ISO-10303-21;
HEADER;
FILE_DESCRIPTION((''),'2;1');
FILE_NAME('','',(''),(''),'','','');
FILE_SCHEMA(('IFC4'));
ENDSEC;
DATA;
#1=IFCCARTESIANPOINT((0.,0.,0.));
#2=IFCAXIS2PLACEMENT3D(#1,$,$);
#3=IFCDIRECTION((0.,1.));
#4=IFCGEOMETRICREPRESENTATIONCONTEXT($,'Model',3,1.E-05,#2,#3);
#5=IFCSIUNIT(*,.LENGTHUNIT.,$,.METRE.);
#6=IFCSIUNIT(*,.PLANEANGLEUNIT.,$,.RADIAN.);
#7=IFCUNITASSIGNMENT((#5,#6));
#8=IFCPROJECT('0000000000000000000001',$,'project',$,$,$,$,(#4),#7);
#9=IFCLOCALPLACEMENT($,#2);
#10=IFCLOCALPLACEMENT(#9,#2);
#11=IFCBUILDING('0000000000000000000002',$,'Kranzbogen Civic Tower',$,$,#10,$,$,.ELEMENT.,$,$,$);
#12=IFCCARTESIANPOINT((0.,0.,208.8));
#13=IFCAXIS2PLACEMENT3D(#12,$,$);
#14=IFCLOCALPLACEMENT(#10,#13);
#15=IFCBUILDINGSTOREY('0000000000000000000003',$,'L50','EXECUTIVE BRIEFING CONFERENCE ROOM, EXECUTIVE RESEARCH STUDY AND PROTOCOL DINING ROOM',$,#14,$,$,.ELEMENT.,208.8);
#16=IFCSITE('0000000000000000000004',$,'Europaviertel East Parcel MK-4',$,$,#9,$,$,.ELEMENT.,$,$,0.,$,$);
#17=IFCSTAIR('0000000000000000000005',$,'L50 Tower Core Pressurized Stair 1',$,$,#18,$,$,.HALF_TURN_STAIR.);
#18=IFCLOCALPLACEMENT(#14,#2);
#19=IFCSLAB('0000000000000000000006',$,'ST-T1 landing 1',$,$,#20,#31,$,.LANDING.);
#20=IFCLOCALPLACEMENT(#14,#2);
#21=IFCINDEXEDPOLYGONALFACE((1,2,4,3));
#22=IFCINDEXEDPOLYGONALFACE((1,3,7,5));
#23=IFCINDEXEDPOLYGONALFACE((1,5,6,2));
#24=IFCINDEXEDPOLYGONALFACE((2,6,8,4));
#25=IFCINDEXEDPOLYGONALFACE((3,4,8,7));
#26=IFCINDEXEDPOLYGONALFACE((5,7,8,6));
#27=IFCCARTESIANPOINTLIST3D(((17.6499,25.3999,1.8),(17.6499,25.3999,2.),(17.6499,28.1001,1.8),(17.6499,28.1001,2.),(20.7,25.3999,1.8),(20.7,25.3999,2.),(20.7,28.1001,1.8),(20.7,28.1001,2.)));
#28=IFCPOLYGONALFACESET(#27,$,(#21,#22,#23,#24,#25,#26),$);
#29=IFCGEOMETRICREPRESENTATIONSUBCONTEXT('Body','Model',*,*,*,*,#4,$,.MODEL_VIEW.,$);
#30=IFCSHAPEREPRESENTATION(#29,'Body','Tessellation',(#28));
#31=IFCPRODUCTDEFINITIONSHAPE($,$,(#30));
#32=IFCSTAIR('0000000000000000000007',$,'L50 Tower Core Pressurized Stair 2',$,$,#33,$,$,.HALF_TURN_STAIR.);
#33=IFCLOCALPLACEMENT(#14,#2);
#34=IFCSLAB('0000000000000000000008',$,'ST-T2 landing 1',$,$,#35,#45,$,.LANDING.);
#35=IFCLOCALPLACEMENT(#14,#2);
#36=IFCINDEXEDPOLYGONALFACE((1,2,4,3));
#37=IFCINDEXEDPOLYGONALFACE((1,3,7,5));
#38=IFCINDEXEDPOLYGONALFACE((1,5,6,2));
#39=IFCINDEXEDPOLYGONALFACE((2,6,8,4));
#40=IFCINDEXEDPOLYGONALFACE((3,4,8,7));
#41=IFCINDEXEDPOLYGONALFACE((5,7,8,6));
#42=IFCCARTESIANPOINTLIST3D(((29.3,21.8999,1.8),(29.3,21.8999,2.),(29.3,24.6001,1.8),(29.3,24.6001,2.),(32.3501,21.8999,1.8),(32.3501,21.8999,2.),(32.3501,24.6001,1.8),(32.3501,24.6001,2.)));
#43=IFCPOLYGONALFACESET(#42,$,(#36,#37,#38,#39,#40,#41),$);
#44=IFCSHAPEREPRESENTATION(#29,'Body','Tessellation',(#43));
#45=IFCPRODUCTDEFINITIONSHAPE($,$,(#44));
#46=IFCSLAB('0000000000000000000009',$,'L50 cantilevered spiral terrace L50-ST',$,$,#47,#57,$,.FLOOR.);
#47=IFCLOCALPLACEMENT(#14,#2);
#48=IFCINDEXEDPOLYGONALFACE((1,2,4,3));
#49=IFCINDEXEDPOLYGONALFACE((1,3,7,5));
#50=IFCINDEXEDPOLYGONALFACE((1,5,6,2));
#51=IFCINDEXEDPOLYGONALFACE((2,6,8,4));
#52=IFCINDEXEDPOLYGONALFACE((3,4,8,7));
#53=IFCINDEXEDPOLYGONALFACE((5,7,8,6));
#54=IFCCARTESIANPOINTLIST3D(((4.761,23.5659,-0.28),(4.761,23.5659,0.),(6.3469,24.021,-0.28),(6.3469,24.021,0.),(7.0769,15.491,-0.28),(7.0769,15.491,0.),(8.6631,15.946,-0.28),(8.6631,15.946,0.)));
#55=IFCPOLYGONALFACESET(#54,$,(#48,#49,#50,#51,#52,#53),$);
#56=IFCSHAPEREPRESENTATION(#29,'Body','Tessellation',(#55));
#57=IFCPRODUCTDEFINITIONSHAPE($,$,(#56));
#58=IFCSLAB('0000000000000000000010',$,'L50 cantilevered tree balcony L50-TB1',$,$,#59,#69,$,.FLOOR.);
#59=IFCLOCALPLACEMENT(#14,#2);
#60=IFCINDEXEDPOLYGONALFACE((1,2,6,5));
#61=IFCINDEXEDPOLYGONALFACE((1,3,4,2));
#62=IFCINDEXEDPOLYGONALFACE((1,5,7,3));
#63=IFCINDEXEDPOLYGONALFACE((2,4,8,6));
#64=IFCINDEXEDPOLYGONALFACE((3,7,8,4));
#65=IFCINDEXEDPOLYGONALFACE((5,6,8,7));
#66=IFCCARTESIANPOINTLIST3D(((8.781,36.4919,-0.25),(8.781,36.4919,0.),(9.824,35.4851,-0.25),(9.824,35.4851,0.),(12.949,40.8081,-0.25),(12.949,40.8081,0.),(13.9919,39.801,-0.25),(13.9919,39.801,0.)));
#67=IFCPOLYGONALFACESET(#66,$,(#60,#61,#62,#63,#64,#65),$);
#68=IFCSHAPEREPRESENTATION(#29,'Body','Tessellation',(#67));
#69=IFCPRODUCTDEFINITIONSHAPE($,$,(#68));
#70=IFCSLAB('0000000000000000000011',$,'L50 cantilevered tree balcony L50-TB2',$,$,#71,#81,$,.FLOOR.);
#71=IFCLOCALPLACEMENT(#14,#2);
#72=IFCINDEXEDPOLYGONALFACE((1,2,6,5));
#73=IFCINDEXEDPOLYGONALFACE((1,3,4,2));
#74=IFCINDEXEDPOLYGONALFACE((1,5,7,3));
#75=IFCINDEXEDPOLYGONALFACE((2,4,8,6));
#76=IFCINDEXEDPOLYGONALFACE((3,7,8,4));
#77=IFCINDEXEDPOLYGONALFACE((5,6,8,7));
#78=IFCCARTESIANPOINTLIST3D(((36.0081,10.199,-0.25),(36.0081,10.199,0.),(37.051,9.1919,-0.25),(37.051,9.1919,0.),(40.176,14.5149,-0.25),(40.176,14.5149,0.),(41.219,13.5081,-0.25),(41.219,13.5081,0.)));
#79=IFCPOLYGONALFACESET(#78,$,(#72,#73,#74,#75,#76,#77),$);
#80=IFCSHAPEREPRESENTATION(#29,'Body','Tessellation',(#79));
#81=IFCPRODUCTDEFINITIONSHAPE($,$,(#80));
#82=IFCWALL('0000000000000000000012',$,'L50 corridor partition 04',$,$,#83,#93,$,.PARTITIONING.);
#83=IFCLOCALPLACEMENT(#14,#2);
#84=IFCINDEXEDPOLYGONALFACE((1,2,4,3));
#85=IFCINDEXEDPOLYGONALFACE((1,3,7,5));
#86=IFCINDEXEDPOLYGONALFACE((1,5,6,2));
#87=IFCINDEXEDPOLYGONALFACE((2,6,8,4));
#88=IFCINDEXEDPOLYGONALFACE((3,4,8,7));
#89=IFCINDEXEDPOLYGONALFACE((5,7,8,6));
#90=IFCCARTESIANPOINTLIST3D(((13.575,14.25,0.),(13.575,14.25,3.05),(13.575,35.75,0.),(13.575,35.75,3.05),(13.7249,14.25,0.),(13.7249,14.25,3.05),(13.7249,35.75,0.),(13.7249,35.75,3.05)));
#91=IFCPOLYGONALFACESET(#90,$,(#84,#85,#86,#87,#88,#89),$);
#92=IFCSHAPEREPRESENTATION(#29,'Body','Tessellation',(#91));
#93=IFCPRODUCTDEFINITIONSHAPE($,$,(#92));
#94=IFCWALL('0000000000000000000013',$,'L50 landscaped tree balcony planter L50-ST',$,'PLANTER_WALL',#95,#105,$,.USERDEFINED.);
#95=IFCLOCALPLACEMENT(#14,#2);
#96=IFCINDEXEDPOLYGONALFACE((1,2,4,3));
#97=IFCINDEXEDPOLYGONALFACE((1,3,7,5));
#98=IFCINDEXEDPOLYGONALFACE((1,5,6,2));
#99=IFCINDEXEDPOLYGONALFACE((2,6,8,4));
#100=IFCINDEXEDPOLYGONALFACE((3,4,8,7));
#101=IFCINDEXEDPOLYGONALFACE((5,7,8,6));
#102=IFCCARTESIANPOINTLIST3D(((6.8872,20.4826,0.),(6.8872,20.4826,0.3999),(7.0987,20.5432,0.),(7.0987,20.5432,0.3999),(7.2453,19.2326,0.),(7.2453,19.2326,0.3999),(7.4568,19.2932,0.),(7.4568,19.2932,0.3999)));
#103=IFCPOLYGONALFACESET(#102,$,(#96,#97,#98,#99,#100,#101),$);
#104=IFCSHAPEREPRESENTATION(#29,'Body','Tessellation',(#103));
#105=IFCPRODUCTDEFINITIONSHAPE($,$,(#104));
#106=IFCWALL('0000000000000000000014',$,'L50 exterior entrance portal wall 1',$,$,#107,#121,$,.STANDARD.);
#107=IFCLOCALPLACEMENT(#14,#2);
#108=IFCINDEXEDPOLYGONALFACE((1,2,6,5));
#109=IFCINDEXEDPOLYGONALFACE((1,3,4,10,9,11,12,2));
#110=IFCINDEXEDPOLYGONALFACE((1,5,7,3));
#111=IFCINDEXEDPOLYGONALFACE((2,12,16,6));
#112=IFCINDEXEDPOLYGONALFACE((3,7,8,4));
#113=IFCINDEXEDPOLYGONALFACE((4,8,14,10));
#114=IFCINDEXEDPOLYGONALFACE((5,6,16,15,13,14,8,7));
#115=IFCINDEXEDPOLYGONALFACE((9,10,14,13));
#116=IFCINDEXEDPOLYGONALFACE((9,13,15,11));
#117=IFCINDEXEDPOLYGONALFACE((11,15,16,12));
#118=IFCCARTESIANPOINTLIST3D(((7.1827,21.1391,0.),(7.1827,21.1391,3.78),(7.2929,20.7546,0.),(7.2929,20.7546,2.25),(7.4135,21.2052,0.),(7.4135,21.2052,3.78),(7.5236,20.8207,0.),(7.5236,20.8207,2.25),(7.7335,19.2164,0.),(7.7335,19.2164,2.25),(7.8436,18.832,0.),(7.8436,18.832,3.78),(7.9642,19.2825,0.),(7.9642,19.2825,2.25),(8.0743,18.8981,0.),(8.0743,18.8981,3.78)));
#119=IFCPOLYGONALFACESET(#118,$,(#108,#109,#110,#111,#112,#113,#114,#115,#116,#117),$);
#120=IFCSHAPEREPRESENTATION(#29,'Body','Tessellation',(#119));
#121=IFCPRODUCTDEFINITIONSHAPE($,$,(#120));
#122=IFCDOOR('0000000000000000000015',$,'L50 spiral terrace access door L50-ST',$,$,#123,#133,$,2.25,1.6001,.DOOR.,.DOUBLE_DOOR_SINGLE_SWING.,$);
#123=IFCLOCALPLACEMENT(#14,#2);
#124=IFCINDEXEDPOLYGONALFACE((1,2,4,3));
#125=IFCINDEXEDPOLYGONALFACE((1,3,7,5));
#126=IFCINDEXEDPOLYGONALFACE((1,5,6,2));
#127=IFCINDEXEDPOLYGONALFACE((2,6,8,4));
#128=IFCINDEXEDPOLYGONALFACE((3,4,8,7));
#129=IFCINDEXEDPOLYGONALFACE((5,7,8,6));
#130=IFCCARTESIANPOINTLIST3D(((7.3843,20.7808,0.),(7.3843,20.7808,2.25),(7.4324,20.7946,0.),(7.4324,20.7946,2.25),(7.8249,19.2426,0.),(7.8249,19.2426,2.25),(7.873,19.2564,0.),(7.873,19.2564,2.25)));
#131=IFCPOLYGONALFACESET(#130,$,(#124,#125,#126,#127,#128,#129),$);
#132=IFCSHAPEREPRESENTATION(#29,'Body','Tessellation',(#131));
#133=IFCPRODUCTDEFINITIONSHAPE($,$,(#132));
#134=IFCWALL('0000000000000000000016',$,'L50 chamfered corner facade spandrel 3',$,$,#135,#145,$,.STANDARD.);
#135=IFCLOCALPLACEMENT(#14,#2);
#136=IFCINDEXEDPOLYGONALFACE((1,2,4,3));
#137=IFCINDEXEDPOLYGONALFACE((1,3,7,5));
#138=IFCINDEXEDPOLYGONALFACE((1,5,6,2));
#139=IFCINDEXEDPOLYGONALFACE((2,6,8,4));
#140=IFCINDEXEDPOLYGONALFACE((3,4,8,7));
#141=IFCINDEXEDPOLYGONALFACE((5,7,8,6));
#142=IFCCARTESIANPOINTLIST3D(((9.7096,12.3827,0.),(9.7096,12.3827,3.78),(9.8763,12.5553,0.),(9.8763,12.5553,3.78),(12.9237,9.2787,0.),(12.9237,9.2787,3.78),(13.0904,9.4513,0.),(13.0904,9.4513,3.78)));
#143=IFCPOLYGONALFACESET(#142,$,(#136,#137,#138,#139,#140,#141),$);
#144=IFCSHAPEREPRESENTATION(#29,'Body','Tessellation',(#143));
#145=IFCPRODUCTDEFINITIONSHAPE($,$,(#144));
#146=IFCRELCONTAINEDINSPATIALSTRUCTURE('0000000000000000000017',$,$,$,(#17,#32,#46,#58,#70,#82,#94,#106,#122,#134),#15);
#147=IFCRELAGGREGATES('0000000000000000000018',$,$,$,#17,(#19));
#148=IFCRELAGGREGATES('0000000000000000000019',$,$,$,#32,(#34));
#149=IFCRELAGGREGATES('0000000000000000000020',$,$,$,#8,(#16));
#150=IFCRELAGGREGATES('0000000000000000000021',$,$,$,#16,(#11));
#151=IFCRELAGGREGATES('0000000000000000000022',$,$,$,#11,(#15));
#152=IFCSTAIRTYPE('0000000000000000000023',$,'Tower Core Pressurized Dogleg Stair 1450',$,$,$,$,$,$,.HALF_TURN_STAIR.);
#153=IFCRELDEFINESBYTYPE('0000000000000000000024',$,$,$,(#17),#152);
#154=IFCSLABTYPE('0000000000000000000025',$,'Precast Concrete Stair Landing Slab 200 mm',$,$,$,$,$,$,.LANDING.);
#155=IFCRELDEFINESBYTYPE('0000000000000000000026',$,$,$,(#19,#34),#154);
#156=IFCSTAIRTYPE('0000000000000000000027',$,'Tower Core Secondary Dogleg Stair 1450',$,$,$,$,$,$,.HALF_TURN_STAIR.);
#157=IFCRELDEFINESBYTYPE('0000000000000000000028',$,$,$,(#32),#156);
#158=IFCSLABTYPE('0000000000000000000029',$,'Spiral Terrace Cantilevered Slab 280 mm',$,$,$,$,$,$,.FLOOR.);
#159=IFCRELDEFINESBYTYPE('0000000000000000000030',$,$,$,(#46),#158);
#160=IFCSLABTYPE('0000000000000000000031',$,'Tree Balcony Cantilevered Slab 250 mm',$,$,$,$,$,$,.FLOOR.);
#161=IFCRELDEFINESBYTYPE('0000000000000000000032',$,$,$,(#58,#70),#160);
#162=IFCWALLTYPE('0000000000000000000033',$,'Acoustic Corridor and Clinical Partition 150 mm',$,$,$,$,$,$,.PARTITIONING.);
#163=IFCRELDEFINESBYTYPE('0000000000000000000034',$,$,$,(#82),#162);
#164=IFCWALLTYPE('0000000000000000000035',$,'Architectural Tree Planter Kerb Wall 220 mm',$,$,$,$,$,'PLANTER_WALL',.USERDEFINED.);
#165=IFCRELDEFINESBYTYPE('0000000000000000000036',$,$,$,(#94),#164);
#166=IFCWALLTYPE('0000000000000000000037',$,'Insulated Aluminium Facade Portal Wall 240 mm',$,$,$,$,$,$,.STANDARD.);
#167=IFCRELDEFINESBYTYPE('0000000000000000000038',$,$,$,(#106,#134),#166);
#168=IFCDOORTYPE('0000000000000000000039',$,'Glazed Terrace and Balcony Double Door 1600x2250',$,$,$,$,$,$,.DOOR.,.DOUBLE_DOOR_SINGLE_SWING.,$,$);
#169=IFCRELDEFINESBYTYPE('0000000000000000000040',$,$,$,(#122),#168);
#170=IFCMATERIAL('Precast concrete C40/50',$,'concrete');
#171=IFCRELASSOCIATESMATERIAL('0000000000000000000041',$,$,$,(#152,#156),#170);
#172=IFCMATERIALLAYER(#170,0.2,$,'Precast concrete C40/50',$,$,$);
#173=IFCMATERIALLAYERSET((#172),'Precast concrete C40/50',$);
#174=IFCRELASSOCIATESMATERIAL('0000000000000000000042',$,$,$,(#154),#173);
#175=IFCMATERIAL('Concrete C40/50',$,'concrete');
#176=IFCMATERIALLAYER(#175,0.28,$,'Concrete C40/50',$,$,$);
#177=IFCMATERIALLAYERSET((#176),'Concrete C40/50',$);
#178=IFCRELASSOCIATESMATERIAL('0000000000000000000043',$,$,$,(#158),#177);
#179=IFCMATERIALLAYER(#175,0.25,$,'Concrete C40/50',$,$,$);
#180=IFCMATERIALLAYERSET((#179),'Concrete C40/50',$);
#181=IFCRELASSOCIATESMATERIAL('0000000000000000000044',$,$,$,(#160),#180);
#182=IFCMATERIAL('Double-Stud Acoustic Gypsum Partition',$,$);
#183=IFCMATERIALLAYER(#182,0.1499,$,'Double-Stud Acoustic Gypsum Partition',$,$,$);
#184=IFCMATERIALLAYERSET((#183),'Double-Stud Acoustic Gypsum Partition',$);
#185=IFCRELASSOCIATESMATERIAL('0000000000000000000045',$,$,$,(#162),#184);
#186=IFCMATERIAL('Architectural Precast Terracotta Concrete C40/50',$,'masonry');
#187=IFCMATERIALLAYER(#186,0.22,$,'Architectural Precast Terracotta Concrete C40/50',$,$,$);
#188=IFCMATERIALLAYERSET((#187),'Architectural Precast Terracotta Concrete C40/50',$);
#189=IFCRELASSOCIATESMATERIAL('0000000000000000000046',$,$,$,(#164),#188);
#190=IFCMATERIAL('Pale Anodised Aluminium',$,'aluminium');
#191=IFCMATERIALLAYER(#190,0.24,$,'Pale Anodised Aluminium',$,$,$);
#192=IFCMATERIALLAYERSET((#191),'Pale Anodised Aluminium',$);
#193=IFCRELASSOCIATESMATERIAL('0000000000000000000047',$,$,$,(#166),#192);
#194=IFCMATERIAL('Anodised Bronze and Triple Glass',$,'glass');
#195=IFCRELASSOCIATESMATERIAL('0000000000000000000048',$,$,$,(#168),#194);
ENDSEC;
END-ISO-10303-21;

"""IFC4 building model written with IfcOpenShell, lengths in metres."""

from ifc_helpers import new_model, si_unit, direction, frame, frame_2d, origin, place, context, subcontext, project, spatial, polyline, rectangle, outline, extrude, material, layer, layer_set, type_object, element, fill, aggregate, save


model = new_model("IFC4")

# Units and contexts
model_context = context("Model", 3, precision=1e-05, world=origin(), true_north=direction((0.0, 1.0)))
body_context = subcontext(model_context, "Body", "Model", "MODEL_VIEW")
ifc_project = project(units=[si_unit("LENGTHUNIT", "METRE"), si_unit("PLANEANGLEUNIT", "RADIAN")], contexts=[model_context])

# Site, building, storey
site_placement = place(None, origin())
site = spatial("IfcSite", under=ifc_project, at=site_placement, Name="Europaviertel East Parcel MK-4", CompositionType="ELEMENT", RefElevation=0.0)
building_placement = place(site_placement, origin())
building = spatial("IfcBuilding", under=site, at=building_placement, Name="Kranzbogen Civic Tower", CompositionType="ELEMENT")
storey_placement = place(building_placement, frame((0.0, 0.0, 208.8)))
storey = spatial("IfcBuildingStorey", under=building, at=storey_placement, Name="L50", Description="EXECUTIVE BRIEFING CONFERENCE ROOM, EXECUTIVE RESEARCH STUDY AND PROTOCOL DINING ROOM", CompositionType="ELEMENT", Elevation=208.8)

# Shared definitions
ifc_material_1 = material(Name="Pale Anodised Aluminium", Category="aluminium")

# Shared definitions
ifc_material_2 = material(Name="Concrete C40/50", Category="concrete")

# Stairs, slabs
ifc_material_3 = material(Name="Precast concrete C40/50", Category="concrete")
stair_type_1 = type_object("IfcStairType", Name="Tower Core Pressurized Dogleg Stair 1450", PredefinedType="HALF_TURN_STAIR", material=ifc_material_3)
stair_1_placement = place(storey_placement, origin())
stair_1 = element("IfcStair", 1, at=stair_1_placement, inside=storey, type_object=stair_type_1, Name="L50 Tower Core Pressurized Stair 1", PredefinedType="HALF_TURN_STAIR")
ifc_layer_1 = layer(ifc_material_3, 0.2, Name="Precast concrete C40/50")
ifc_layer_set_1 = layer_set([ifc_layer_1], Name="Precast concrete C40/50")
slab_type_1 = type_object("IfcSlabType", Name="Precast Concrete Stair Landing Slab 200 mm", PredefinedType="LANDING", material=ifc_layer_set_1)
slab_1_placement = place(storey_placement, frame((0.0, 0.0, 1.8)))
slab_1 = element("IfcSlab", 2, at=slab_1_placement, type_object=slab_type_1, Name="ST-T1 landing 1", PredefinedType="LANDING", context=body_context, shape_type="SweptSolid", body=[
    extrude(outline(polyline([(20.7, 25.3999), (20.7, 28.1001), (17.6499, 28.1001), (17.6499, 25.3999), (20.7, 25.3999)])), origin(), (0.0, 0.0, 1.0), 0.2),
])
aggregate(stair_1, [slab_1])
stair_type_2 = type_object("IfcStairType", Name="Tower Core Secondary Dogleg Stair 1450", PredefinedType="HALF_TURN_STAIR", material=ifc_material_3)
stair_2_placement = place(storey_placement, origin())
stair_2 = element("IfcStair", 3, at=stair_2_placement, inside=storey, type_object=stair_type_2, Name="L50 Tower Core Pressurized Stair 2", PredefinedType="HALF_TURN_STAIR")
slab_2_placement = place(storey_placement, frame((0.0, 0.0, 1.8)))
slab_2 = element("IfcSlab", 4, at=slab_2_placement, type_object=slab_type_1, Name="ST-T2 landing 1", PredefinedType="LANDING", context=body_context, shape_type="SweptSolid", body=[
    extrude(outline(polyline([(29.3, 24.6001), (29.3, 21.8999), (32.3501, 21.8999), (32.3501, 24.6001), (29.3, 24.6001)])), origin(), (0.0, 0.0, 1.0), 0.2),
])
aggregate(stair_2, [slab_2])

# Slabs
ifc_layer_2 = layer(ifc_material_2, 0.28, Name="Concrete C40/50")
ifc_layer_set_2 = layer_set([ifc_layer_2], Name="Concrete C40/50")
slab_type_2 = type_object("IfcSlabType", Name="Spiral Terrace Cantilevered Slab 280 mm", PredefinedType="FLOOR", material=ifc_layer_set_2)
slab_3_placement = place(storey_placement, frame((0.0, 0.0, -0.28)))
element("IfcSlab", 5, at=slab_3_placement, inside=storey, type_object=slab_type_2, Name="L50 cantilevered spiral terrace L50-ST", PredefinedType="FLOOR", context=body_context, shape_type="SweptSolid", body=[
    extrude(outline(polyline([(6.3469, 24.021), (8.6631, 15.946), (7.0769, 15.491), (4.761, 23.5659), (6.3469, 24.021)])), origin(), (0.0, 0.0, 1.0), 0.28),
])
ifc_layer_3 = layer(ifc_material_2, 0.25, Name="Concrete C40/50")
ifc_layer_set_3 = layer_set([ifc_layer_3], Name="Concrete C40/50")
slab_type_3 = type_object("IfcSlabType", Name="Tree Balcony Cantilevered Slab 250 mm", PredefinedType="FLOOR", material=ifc_layer_set_3)
slab_4_placement = place(storey_placement, frame((0.0, 0.0, -0.25)))
element("IfcSlab", 6, at=slab_4_placement, inside=storey, type_object=slab_type_3, Name="L50 cantilevered tree balcony L50-TB1", PredefinedType="FLOOR", context=body_context, shape_type="SweptSolid", body=[
    extrude(outline(polyline([(13.9919, 39.801), (9.824, 35.4851), (8.781, 36.4919), (12.949, 40.8081), (13.9919, 39.801)])), origin(), (0.0, 0.0, 1.0), 0.25),
])
slab_5_placement = place(storey_placement, frame((0.0, 0.0, -0.25)))
element("IfcSlab", 7, at=slab_5_placement, inside=storey, type_object=slab_type_3, Name="L50 cantilevered tree balcony L50-TB2", PredefinedType="FLOOR", context=body_context, shape_type="SweptSolid", body=[
    extrude(outline(polyline([(36.0081, 10.199), (40.176, 14.5149), (41.219, 13.5081), (37.051, 9.1919), (36.0081, 10.199)])), origin(), (0.0, 0.0, 1.0), 0.25),
])

# Walls
ifc_material_4 = material(Name="Double-Stud Acoustic Gypsum Partition")
ifc_layer_4 = layer(ifc_material_4, 0.1499, Name="Double-Stud Acoustic Gypsum Partition")
ifc_layer_set_4 = layer_set([ifc_layer_4], Name="Double-Stud Acoustic Gypsum Partition")
wall_type_1 = type_object("IfcWallType", Name="Acoustic Corridor and Clinical Partition 150 mm", PredefinedType="PARTITIONING", material=ifc_layer_set_4)
wall_1_placement = place(storey_placement, frame((13.6499, 14.25, 0.0), z_axis=(0.0, 0.0, 1.0), x_axis=(0.0, 1.0, 0.0)))
element("IfcWall", 8, at=wall_1_placement, inside=storey, type_object=wall_type_1, Name="L50 corridor partition 04", PredefinedType="PARTITIONING", context=body_context, shape_type="SweptSolid", body=[
    extrude(rectangle(XDim=21.5, YDim=0.1499, at=frame_2d((10.75, 0.0))), origin(), (0.0, 0.0, 1.0), 3.05),
])
ifc_material_5 = material(Name="Architectural Precast Terracotta Concrete C40/50", Category="masonry")
ifc_layer_5 = layer(ifc_material_5, 0.22, Name="Architectural Precast Terracotta Concrete C40/50")
ifc_layer_set_5 = layer_set([ifc_layer_5], Name="Architectural Precast Terracotta Concrete C40/50")
wall_type_2 = type_object("IfcWallType", Name="Architectural Tree Planter Kerb Wall 220 mm", ElementType="PLANTER_WALL", PredefinedType="USERDEFINED", material=ifc_layer_set_5)
wall_2_placement = place(storey_placement, frame((6.9929, 20.5129, 0.0), z_axis=(0.0, 0.0, 1.0), x_axis=(0.27544, -0.961318, 0.0)))
element("IfcWall", 9, at=wall_2_placement, inside=storey, type_object=wall_type_2, Name="L50 landscaped tree balcony planter L50-ST", ObjectType="PLANTER_WALL", PredefinedType="USERDEFINED", context=body_context, shape_type="SweptSolid", body=[
    extrude(rectangle(XDim=1.3003, YDim=0.22, at=frame_2d((0.6501, 0.0))), origin(), (0.0, 0.0, 1.0), 0.3999),
])

# Wall, opening, door
ifc_layer_6 = layer(ifc_material_1, 0.24, Name="Pale Anodised Aluminium")
ifc_layer_set_6 = layer_set([ifc_layer_6], Name="Pale Anodised Aluminium")
wall_type_3 = type_object("IfcWallType", Name="Insulated Aluminium Facade Portal Wall 240 mm", PredefinedType="STANDARD", material=ifc_layer_set_6)
wall_3_placement = place(storey_placement, frame((7.2981, 21.1721, 0.0), z_axis=(0.0, 0.0, 1.0), x_axis=(0.275379, -0.961336, 0.0)))
wall_3 = element("IfcWall", 10, at=wall_3_placement, inside=storey, type_object=wall_type_3, Name="L50 exterior entrance portal wall 1", PredefinedType="STANDARD", context=body_context, shape_type="SweptSolid", body=[
    extrude(rectangle(XDim=2.3999, YDim=0.24, at=frame_2d((1.2, 0.0))), origin(), (0.0, 0.0, 1.0), 3.78),
])
opening_placement = place(wall_3_placement, frame((0.3999, 0.0, 0.0)))
opening = element("IfcOpeningElement", 11, at=opening_placement, cuts=wall_3, PredefinedType="OPENING", context=body_context, shape_type="SweptSolid", body=[
    extrude(rectangle(XDim=1.6001, YDim=2.25, at=frame_2d((0.8, 1.125))), frame((0.0, 0.1299, 0.0), z_axis=(0.0, -1.0, 0.0), x_axis=(1.0, 0.0, 0.0)), (0.0, 0.0, 1.0), 0.26),
])
ifc_material_6 = material(Name="Anodised Bronze and Triple Glass", Category="glass")
door_type = type_object("IfcDoorType", Name="Glazed Terrace and Balcony Double Door 1600x2250", OperationType="DOUBLE_DOOR_SINGLE_SWING", PredefinedType="DOOR", material=ifc_material_6)
door_placement = place(opening_placement, frame((1.6001, 0.0, 0.0), z_axis=(0.0, 0.0, 1.0), x_axis=(-1.0, 0.0, 0.0)))
door = element("IfcDoor", 12, at=door_placement, inside=storey, type_object=door_type, Name="L50 spiral terrace access door L50-ST", OperationType="DOUBLE_DOOR_SINGLE_SWING", OverallHeight=2.25, OverallWidth=1.6001, PredefinedType="DOOR", context=body_context, shape_type="SweptSolid", body=[
    extrude(rectangle(XDim=1.6001, YDim=2.25, at=frame_2d((0.8, 1.125))), frame((0.0, 0.0249, 0.0), z_axis=(0.0, -1.0, 0.0), x_axis=(1.0, 0.0, 0.0)), (0.0, 0.0, 1.0), 0.05),
])
fill(opening, door)

# Wall
wall_4_placement = place(storey_placement, frame((9.793, 12.469, 0.0), z_axis=(0.0, 0.0, 1.0), x_axis=(0.71932, -0.694678, 0.0)))
element("IfcWall", 13, at=wall_4_placement, inside=storey, type_object=wall_type_3, Name="L50 chamfered corner facade spandrel 3", PredefinedType="STANDARD", context=body_context, shape_type="SweptSolid", body=[
    extrude(rectangle(XDim=4.4683, YDim=0.24, at=frame_2d((2.2341, 0.0))), origin(), (0.0, 0.0, 1.0), 3.78),
])

save(model, "model.ifc")
